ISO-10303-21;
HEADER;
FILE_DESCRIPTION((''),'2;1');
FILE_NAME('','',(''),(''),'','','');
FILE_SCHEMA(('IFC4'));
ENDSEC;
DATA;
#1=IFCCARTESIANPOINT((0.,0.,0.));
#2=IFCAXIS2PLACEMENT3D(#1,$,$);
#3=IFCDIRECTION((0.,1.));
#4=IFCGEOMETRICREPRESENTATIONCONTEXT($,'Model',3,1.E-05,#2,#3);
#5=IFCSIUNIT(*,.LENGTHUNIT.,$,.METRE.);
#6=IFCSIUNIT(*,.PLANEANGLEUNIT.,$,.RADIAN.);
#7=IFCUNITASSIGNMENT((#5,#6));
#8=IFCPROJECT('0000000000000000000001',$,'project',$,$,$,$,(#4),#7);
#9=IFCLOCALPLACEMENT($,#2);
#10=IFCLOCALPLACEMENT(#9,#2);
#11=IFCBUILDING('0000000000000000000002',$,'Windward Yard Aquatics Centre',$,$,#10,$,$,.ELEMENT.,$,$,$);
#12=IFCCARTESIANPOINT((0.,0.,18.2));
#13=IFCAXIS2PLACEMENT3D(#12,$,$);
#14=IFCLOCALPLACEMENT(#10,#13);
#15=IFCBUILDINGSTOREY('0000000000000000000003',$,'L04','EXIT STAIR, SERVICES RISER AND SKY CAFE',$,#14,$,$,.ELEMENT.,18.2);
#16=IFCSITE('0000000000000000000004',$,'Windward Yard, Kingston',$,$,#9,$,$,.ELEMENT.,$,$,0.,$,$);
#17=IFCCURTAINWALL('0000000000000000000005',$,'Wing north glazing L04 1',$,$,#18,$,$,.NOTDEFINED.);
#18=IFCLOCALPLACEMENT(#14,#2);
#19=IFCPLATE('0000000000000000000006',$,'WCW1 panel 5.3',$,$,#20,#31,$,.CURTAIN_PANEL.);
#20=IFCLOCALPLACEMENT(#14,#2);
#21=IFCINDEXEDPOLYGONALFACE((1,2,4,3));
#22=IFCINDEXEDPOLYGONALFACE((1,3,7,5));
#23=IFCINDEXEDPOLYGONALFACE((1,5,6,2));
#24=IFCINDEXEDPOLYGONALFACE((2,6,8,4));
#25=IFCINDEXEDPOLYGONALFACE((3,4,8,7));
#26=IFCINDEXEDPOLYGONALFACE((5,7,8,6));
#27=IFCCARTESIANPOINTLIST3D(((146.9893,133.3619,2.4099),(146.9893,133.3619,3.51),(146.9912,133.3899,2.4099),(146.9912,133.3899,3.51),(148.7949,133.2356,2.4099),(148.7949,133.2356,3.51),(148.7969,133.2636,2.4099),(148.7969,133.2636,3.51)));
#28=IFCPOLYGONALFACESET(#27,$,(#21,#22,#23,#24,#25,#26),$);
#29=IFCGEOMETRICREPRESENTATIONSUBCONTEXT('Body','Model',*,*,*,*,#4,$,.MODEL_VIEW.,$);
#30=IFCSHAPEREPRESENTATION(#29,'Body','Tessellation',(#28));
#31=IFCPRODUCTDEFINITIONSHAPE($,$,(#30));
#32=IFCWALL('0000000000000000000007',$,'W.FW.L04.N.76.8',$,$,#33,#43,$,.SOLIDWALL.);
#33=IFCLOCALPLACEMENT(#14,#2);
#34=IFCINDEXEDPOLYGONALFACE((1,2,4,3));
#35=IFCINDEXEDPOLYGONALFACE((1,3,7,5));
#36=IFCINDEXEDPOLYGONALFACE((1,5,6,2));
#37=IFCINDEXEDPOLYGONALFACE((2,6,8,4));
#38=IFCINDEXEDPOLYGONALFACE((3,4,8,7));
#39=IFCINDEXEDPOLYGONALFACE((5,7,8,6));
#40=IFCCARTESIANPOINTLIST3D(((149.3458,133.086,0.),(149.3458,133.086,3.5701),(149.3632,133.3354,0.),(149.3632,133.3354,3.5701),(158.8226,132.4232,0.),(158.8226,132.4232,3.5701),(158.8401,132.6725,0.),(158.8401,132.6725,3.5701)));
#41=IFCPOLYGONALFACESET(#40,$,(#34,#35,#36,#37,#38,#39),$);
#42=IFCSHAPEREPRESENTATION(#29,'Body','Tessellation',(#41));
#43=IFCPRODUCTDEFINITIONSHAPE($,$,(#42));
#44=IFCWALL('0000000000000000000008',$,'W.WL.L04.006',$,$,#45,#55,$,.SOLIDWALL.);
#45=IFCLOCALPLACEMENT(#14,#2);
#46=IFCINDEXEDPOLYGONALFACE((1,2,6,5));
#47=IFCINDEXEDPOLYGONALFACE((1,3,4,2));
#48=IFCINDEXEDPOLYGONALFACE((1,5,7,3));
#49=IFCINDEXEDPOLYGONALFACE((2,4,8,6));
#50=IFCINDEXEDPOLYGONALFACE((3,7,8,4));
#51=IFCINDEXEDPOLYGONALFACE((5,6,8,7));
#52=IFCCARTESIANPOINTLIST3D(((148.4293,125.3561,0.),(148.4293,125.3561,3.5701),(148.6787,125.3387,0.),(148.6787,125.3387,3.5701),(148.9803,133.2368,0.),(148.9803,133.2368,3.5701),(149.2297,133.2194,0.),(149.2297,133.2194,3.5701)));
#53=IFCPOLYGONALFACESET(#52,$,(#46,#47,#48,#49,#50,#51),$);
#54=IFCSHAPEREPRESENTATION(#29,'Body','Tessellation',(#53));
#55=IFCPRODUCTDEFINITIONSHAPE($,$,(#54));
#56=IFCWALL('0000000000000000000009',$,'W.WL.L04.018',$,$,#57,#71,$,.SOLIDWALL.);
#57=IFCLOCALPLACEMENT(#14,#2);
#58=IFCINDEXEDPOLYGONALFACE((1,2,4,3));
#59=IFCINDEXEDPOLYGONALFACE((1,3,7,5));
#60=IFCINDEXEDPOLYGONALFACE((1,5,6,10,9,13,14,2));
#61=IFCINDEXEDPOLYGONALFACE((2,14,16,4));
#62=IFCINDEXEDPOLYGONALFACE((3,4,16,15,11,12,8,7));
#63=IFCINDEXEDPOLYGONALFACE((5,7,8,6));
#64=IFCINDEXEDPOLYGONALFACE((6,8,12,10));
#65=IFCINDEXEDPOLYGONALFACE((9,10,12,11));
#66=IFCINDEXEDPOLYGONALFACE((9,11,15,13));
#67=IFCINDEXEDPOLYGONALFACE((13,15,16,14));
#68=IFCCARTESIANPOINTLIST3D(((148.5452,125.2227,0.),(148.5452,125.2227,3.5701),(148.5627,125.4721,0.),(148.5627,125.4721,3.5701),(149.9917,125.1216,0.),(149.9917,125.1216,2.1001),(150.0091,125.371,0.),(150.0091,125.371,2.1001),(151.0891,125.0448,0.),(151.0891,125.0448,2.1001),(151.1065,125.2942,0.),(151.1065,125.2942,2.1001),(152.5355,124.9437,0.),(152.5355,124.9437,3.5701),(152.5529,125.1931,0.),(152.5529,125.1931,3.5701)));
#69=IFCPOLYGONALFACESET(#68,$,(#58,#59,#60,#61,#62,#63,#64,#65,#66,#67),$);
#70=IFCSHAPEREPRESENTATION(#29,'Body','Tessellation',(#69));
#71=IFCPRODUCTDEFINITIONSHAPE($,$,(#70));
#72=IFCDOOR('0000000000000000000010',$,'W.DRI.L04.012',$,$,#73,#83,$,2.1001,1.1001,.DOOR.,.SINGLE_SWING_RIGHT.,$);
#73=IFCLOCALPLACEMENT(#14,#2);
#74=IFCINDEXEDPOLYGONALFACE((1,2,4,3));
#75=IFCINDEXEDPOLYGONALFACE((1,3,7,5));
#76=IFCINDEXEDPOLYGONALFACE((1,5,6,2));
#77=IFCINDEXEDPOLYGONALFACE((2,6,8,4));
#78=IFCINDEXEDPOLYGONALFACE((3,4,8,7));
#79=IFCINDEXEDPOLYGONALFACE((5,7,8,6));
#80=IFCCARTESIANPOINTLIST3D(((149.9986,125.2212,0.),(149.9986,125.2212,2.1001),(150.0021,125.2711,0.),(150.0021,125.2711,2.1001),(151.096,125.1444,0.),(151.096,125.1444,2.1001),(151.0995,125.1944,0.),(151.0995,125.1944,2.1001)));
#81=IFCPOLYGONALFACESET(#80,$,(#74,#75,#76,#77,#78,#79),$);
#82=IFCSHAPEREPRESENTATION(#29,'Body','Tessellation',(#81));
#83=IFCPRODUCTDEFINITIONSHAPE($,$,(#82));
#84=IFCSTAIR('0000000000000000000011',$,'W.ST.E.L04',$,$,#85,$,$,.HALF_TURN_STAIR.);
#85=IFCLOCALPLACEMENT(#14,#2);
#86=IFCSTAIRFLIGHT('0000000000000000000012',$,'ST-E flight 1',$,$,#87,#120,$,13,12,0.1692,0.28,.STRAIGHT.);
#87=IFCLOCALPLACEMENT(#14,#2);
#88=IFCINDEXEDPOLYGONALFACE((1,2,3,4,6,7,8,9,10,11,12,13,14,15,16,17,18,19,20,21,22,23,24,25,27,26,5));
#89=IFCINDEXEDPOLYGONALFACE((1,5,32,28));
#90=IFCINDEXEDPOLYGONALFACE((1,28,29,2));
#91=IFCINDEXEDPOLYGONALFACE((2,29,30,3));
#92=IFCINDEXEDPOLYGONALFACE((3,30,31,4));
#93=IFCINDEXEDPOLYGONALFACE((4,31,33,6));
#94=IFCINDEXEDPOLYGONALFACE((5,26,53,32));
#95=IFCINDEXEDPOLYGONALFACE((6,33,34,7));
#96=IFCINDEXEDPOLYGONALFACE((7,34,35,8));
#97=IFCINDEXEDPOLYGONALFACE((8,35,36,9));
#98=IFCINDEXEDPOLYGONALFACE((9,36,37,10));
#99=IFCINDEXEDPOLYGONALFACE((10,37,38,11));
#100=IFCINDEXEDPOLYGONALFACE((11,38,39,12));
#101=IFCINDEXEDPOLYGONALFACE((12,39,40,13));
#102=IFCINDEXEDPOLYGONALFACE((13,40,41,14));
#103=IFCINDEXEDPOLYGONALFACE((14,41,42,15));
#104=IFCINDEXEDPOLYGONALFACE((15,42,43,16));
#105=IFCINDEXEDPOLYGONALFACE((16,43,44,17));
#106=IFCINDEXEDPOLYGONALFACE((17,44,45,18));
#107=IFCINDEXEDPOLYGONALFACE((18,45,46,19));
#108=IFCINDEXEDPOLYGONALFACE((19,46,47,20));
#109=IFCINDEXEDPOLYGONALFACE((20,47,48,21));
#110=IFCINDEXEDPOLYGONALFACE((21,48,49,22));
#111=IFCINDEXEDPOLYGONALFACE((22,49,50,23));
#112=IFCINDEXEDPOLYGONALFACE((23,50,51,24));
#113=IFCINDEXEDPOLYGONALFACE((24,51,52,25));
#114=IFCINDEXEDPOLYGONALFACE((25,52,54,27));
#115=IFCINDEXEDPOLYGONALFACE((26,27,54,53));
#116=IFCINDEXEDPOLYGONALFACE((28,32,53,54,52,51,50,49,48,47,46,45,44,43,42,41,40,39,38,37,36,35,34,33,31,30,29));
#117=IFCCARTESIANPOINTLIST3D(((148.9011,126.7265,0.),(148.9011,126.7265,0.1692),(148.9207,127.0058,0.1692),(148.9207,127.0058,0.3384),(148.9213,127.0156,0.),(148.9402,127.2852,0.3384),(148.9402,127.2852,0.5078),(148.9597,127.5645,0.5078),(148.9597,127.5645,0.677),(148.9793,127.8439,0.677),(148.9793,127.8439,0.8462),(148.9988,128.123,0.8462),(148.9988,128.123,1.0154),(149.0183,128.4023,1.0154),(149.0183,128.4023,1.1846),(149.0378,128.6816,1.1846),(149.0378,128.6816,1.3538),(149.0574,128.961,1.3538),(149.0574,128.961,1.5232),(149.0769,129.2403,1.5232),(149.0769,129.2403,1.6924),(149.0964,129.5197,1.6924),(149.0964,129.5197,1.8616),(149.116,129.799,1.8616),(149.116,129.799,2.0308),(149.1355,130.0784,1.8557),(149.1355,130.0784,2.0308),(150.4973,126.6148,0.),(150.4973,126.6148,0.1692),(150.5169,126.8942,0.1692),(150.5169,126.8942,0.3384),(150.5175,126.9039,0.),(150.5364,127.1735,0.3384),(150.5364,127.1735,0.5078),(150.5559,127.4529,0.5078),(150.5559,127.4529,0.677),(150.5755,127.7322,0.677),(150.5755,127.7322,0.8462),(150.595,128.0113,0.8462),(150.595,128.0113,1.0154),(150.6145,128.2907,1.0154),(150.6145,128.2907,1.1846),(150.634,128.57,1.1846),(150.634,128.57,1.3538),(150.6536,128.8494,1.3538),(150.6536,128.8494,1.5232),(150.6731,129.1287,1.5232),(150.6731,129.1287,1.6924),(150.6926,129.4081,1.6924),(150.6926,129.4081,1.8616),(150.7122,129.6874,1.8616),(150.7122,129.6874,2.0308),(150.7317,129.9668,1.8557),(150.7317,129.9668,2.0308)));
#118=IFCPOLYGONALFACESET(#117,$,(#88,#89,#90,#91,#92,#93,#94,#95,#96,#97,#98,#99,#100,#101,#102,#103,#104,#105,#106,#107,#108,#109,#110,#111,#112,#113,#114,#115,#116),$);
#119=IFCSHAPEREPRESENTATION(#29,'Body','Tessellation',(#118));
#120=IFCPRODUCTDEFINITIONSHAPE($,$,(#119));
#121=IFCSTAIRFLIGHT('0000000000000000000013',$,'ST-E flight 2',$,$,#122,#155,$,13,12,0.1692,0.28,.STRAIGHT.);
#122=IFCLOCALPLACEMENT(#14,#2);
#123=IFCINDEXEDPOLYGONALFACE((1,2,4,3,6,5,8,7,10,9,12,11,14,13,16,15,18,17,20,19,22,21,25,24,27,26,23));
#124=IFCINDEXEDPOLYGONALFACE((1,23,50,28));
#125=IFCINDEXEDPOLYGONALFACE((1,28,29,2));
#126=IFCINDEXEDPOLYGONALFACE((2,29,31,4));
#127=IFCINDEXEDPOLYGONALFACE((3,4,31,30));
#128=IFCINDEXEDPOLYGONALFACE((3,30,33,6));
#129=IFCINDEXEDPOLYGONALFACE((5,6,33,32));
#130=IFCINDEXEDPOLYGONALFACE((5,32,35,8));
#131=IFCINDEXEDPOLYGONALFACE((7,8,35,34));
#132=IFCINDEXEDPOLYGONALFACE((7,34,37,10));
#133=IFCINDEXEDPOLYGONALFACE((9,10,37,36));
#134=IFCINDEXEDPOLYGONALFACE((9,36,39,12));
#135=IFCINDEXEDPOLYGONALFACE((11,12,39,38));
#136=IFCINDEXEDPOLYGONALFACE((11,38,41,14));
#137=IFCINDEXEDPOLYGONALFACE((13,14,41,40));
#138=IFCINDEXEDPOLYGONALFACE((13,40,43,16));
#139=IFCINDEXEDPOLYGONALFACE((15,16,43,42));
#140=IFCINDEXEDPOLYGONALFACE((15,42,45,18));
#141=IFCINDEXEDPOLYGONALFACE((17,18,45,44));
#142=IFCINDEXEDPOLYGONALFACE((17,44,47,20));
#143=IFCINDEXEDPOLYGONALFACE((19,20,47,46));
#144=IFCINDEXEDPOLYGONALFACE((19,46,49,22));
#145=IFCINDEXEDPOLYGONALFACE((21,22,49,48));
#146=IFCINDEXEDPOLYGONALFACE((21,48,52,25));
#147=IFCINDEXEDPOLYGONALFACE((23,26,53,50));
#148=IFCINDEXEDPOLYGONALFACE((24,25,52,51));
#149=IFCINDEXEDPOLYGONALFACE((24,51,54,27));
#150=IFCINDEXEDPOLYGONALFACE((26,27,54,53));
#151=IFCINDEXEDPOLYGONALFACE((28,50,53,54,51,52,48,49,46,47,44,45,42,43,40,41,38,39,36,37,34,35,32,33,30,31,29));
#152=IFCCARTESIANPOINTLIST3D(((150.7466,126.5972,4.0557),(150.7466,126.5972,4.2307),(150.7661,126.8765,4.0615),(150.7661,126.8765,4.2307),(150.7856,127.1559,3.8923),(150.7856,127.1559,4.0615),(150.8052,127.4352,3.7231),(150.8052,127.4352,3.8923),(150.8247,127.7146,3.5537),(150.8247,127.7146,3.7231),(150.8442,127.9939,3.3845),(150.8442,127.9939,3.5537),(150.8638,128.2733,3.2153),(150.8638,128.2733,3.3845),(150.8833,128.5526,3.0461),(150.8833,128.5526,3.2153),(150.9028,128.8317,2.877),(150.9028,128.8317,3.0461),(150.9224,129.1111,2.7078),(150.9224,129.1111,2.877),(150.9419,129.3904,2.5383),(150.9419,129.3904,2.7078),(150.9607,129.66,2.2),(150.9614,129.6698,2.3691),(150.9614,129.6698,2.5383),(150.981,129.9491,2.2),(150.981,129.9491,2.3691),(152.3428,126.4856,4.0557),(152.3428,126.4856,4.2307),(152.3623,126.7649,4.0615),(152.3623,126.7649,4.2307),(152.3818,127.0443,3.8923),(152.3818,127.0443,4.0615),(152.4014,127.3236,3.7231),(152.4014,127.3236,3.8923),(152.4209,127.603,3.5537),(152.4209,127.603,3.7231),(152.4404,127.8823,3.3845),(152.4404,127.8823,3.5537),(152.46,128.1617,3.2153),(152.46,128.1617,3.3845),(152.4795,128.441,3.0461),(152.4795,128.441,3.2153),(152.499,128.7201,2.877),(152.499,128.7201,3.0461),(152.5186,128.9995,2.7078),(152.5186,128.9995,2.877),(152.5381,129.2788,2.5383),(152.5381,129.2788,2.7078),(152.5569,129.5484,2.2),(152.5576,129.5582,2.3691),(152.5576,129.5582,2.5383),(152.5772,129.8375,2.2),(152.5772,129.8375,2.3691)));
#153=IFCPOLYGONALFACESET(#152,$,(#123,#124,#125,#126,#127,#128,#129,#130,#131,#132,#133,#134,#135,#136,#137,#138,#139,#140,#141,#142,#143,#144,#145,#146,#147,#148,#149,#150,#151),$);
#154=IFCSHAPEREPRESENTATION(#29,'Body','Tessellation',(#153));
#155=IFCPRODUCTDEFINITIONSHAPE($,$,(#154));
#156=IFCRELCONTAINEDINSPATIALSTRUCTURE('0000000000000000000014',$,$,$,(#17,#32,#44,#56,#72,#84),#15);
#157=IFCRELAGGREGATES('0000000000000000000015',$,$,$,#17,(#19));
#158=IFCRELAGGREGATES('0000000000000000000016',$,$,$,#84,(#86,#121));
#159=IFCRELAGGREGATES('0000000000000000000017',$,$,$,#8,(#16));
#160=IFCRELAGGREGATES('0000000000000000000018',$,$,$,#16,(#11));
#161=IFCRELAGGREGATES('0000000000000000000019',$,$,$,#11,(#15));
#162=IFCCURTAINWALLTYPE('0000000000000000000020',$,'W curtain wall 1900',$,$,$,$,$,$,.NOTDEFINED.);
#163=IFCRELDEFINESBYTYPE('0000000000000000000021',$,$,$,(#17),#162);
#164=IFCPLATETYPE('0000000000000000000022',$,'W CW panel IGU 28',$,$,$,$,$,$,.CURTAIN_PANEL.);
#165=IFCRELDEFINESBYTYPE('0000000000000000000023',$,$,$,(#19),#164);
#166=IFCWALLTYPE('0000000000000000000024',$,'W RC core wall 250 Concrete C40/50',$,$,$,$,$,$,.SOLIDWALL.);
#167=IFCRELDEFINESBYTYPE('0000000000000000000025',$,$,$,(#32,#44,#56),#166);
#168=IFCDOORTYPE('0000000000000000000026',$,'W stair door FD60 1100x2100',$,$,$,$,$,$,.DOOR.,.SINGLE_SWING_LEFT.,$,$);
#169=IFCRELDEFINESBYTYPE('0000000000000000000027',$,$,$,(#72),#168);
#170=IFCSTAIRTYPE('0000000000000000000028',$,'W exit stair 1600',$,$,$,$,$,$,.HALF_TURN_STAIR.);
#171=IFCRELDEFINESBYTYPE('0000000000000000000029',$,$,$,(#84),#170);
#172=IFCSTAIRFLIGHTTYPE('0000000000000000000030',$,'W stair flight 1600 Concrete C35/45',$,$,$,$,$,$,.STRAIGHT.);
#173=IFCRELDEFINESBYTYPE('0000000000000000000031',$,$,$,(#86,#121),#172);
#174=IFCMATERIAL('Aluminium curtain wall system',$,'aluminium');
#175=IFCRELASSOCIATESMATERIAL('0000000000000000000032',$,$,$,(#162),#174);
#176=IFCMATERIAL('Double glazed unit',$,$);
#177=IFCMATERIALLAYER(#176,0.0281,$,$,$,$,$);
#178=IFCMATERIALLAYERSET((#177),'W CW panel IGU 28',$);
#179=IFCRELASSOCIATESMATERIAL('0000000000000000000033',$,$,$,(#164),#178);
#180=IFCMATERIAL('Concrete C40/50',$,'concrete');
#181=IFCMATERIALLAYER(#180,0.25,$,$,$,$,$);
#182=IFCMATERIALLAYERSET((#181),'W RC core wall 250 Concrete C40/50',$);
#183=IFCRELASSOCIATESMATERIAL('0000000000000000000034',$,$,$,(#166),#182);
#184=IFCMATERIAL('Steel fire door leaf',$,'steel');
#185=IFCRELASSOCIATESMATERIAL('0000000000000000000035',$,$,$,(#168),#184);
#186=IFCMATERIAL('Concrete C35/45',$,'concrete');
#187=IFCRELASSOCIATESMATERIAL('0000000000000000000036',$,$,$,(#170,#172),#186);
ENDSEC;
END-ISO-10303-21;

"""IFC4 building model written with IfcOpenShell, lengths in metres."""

from ifc_helpers import new_model, si_unit, direction, frame, frame_2d, origin, origin_2d, place, context, subcontext, project, spatial, polyline, rectangle, outline, extrude, material, layer, layer_set, type_object, element, fill, aggregate, save


model = new_model("IFC4")

# Units and contexts
model_context = context("Model", 3, precision=1e-05, world=origin(), true_north=direction((0.0, 1.0)))
body_context = subcontext(model_context, "Body", "Model", "MODEL_VIEW")
ifc_project = project(units=[si_unit("LENGTHUNIT", "METRE"), si_unit("PLANEANGLEUNIT", "RADIAN")], contexts=[model_context])

# Site, building, storey
site_placement = place(None, origin())
site = spatial("IfcSite", under=ifc_project, at=site_placement, Name="Windward Yard, Kingston", CompositionType="ELEMENT", RefElevation=0.0)
building_placement = place(site_placement, origin())
building = spatial("IfcBuilding", under=site, at=building_placement, Name="Windward Yard Aquatics Centre", CompositionType="ELEMENT")
storey_placement = place(building_placement, frame((0.0, 0.0, 18.2)))
storey = spatial("IfcBuildingStorey", under=building, at=storey_placement, Name="L04", Description="EXIT STAIR, SERVICES RISER AND SKY CAFE", CompositionType="ELEMENT", Elevation=18.2)

# Curtain wall
ifc_material_1 = material(Name="Aluminium curtain wall system", Category="aluminium")
curtain_wall_type = type_object("IfcCurtainWallType", Name="W curtain wall 1900", PredefinedType="NOTDEFINED", material=ifc_material_1)
curtain_wall_placement = place(storey_placement, origin())
curtain_wall = element("IfcCurtainWall", 1, at=curtain_wall_placement, inside=storey, type_object=curtain_wall_type, Name="Wing north glazing L04 1", PredefinedType="NOTDEFINED")

# Shared definitions
ifc_material_2 = material(Name="Concrete C40/50", Category="concrete")

# Plate
ifc_material_3 = material(Name="Double glazed unit")
ifc_layer_1 = layer(ifc_material_3, 0.0281)
ifc_layer_set_1 = layer_set([ifc_layer_1], Name="W CW panel IGU 28")
plate_type = type_object("IfcPlateType", Name="W CW panel IGU 28", PredefinedType="CURTAIN_PANEL", material=ifc_layer_set_1)
plate_1_placement = place(storey_placement, frame((147.8931, 133.3127, 2.4099), z_axis=(0.0, 0.0, 1.0), x_axis=(0.997564, -0.069758, 0.0)))
plate_1 = element("IfcPlate", 2, at=plate_1_placement, type_object=plate_type, Name="WCW1 panel 5.3", PredefinedType="CURTAIN_PANEL", context=body_context, shape_type="SweptSolid", body=[
    extrude(rectangle(XDim=1.8101, YDim=0.0281, at=origin_2d()), origin(), (0.0, 0.0, 1.0), 1.1001),
])
aggregate(curtain_wall, [plate_1])

# Walls
ifc_layer_2 = layer(ifc_material_2, 0.25)
ifc_layer_set_2 = layer_set([ifc_layer_2], Name="W RC core wall 250 Concrete C40/50")
wall_type = type_object("IfcWallType", Name="W RC core wall 250 Concrete C40/50", PredefinedType="SOLIDWALL", material=ifc_layer_set_2)
wall_1_placement = place(storey_placement, frame((149.3545, 133.2107, 0.0), z_axis=(0.0, 0.0, 1.0), x_axis=(0.997563, -0.069773, 0.0)))
element("IfcWall", 3, at=wall_1_placement, inside=storey, type_object=wall_type, Name="W.FW.L04.N.76.8", PredefinedType="SOLIDWALL", context=body_context, shape_type="SweptSolid", body=[
    extrude(rectangle(XDim=9.5, YDim=0.25, at=frame_2d((4.75, 0.0))), origin(), (0.0, 0.0, 1.0), 3.5701),
])
wall_2_placement = place(storey_placement, frame((148.554, 125.3474, 0.0), z_axis=(0.0, 0.0, 1.0), x_axis=(0.069751, 0.997564, 0.0)))
element("IfcWall", 4, at=wall_2_placement, inside=storey, type_object=wall_type, Name="W.WL.L04.006", PredefinedType="SOLIDWALL", context=body_context, shape_type="SweptSolid", body=[
    extrude(rectangle(XDim=7.8999, YDim=0.25, at=frame_2d((3.95, 0.0))), origin(), (0.0, 0.0, 1.0), 3.5701),
])

# Wall, opening, door
wall_3_placement = place(storey_placement, frame((148.554, 125.3474, 0.0), z_axis=(0.0, 0.0, 1.0), x_axis=(0.997564, -0.069764, 0.0)))
wall_3 = element("IfcWall", 5, at=wall_3_placement, inside=storey, type_object=wall_type, Name="W.WL.L04.018", PredefinedType="SOLIDWALL", context=body_context, shape_type="SweptSolid", body=[
    extrude(rectangle(XDim=4.0, YDim=0.25, at=frame_2d((2.0, 0.0))), origin(), (0.0, 0.0, 1.0), 3.5701),
])
opening_placement = place(wall_3_placement, frame((1.45, 0.0, 0.0)))
opening = element("IfcOpeningElement", 6, at=opening_placement, cuts=wall_3, PredefinedType="OPENING", context=body_context, shape_type="SweptSolid", body=[
    extrude(rectangle(XDim=1.1001, YDim=2.1001, at=frame_2d((0.55, 1.05))), frame((0.0, 0.135, 0.0), z_axis=(0.0, -1.0, 0.0), x_axis=(1.0, 0.0, 0.0)), (0.0, 0.0, 1.0), 0.27),
])
ifc_material_4 = material(Name="Steel fire door leaf", Category="steel")
door_type = type_object("IfcDoorType", Name="W stair door FD60 1100x2100", OperationType="SINGLE_SWING_LEFT", PredefinedType="DOOR", material=ifc_material_4)
door_placement = place(opening_placement, origin())
door = element("IfcDoor", 7, at=door_placement, inside=storey, type_object=door_type, Name="W.DRI.L04.012", OperationType="SINGLE_SWING_RIGHT", OverallHeight=2.1001, OverallWidth=1.1001, PredefinedType="DOOR", context=body_context, shape_type="SweptSolid", body=[
    extrude(rectangle(XDim=1.1001, YDim=2.1001, at=frame_2d((0.55, 1.05))), frame((0.0, 0.0249, 0.0), z_axis=(0.0, -1.0, 0.0), x_axis=(1.0, 0.0, 0.0)), (0.0, 0.0, 1.0), 0.05),
])
fill(opening, door)

# Stair, stair flights
ifc_material_5 = material(Name="Concrete C35/45", Category="concrete")
stair_type = type_object("IfcStairType", Name="W exit stair 1600", PredefinedType="HALF_TURN_STAIR", material=ifc_material_5)
stair_placement = place(storey_placement, origin())
stair = element("IfcStair", 8, at=stair_placement, inside=storey, type_object=stair_type, Name="W.ST.E.L04", PredefinedType="HALF_TURN_STAIR")
stair_flight_type = type_object("IfcStairFlightType", Name="W stair flight 1600 Concrete C35/45", PredefinedType="STRAIGHT", material=ifc_material_5)
stair_flight_1_placement = place(storey_placement, frame((149.6992, 126.6707, 0.0), z_axis=(0.0, 0.0, 1.0), x_axis=(0.069756, 0.997564, 0.0)))
stair_flight_1 = element("IfcStairFlight", 9, at=stair_flight_1_placement, type_object=stair_flight_type, Name="ST-E flight 1", NumberOfRisers=13, NumberOfTreads=12, PredefinedType="STRAIGHT", RiserHeight=0.1692, TreadLength=0.28, context=body_context, shape_type="SweptSolid", body=[
    extrude(outline(polyline([(0.0, 0.0), (0.0, 0.1692), (0.28, 0.1692), (0.28, 0.3384), (0.5601, 0.3384), (0.5601, 0.5078), (0.8401, 0.5078), (0.8401, 0.677), (1.1201, 0.677), (1.1201, 0.8462), (1.3999, 0.8462), (1.3999, 1.0154), (1.6799, 1.0154), (1.6799, 1.1846), (1.96, 1.1846), (1.96, 1.3538), (2.24, 1.3538), (2.24, 1.5232), (2.52, 1.5232), (2.52, 1.6924), (2.8, 1.6924), (2.8, 1.8616), (3.0801, 1.8616), (3.0801, 2.0308), (3.3601, 2.0308), (3.3601, 2.2), (3.3601, 1.8557), (0.2898, 0.0), (0.0, 0.0)])), frame((0.0, 0.8, 0.0), z_axis=(0.0, -1.0, 0.0), x_axis=(1.0, 0.0, 0.0)), (0.0, 0.0, 1.0), 1.6001),
])
stair_flight_2_placement = place(storey_placement, frame((151.7791, 129.8933, 2.2), z_axis=(0.0, 0.0, 1.0), x_axis=(-0.069756, -0.997564, 0.0)))
stair_flight_2 = element("IfcStairFlight", 10, at=stair_flight_2_placement, type_object=stair_flight_type, Name="ST-E flight 2", NumberOfRisers=13, NumberOfTreads=12, PredefinedType="STRAIGHT", RiserHeight=0.1692, TreadLength=0.28, context=body_context, shape_type="SweptSolid", body=[
    extrude(outline(polyline([(0.0, 0.0), (0.0, 0.1692), (0.28, 0.1692), (0.28, 0.3384), (0.5601, 0.3384), (0.5601, 0.5078), (0.8401, 0.5078), (0.8401, 0.677), (1.1201, 0.677), (1.1201, 0.8462), (1.3999, 0.8462), (1.3999, 1.0154), (1.6799, 1.0154), (1.6799, 1.1846), (1.96, 1.1846), (1.96, 1.3538), (2.24, 1.3538), (2.24, 1.5232), (2.52, 1.5232), (2.52, 1.6924), (2.8, 1.6924), (2.8, 1.8616), (3.0801, 1.8616), (3.0801, 2.0308), (3.3601, 2.0308), (3.3601, 2.2), (3.3601, 1.8557), (0.2898, 0.0), (0.0, 0.0)])), frame((0.0, 0.8, 0.0), z_axis=(0.0, -1.0, 0.0), x_axis=(1.0, 0.0, 0.0)), (0.0, 0.0, 1.0), 1.6001),
])
aggregate(stair, [stair_flight_1, stair_flight_2])

save(model, "model.ifc")
